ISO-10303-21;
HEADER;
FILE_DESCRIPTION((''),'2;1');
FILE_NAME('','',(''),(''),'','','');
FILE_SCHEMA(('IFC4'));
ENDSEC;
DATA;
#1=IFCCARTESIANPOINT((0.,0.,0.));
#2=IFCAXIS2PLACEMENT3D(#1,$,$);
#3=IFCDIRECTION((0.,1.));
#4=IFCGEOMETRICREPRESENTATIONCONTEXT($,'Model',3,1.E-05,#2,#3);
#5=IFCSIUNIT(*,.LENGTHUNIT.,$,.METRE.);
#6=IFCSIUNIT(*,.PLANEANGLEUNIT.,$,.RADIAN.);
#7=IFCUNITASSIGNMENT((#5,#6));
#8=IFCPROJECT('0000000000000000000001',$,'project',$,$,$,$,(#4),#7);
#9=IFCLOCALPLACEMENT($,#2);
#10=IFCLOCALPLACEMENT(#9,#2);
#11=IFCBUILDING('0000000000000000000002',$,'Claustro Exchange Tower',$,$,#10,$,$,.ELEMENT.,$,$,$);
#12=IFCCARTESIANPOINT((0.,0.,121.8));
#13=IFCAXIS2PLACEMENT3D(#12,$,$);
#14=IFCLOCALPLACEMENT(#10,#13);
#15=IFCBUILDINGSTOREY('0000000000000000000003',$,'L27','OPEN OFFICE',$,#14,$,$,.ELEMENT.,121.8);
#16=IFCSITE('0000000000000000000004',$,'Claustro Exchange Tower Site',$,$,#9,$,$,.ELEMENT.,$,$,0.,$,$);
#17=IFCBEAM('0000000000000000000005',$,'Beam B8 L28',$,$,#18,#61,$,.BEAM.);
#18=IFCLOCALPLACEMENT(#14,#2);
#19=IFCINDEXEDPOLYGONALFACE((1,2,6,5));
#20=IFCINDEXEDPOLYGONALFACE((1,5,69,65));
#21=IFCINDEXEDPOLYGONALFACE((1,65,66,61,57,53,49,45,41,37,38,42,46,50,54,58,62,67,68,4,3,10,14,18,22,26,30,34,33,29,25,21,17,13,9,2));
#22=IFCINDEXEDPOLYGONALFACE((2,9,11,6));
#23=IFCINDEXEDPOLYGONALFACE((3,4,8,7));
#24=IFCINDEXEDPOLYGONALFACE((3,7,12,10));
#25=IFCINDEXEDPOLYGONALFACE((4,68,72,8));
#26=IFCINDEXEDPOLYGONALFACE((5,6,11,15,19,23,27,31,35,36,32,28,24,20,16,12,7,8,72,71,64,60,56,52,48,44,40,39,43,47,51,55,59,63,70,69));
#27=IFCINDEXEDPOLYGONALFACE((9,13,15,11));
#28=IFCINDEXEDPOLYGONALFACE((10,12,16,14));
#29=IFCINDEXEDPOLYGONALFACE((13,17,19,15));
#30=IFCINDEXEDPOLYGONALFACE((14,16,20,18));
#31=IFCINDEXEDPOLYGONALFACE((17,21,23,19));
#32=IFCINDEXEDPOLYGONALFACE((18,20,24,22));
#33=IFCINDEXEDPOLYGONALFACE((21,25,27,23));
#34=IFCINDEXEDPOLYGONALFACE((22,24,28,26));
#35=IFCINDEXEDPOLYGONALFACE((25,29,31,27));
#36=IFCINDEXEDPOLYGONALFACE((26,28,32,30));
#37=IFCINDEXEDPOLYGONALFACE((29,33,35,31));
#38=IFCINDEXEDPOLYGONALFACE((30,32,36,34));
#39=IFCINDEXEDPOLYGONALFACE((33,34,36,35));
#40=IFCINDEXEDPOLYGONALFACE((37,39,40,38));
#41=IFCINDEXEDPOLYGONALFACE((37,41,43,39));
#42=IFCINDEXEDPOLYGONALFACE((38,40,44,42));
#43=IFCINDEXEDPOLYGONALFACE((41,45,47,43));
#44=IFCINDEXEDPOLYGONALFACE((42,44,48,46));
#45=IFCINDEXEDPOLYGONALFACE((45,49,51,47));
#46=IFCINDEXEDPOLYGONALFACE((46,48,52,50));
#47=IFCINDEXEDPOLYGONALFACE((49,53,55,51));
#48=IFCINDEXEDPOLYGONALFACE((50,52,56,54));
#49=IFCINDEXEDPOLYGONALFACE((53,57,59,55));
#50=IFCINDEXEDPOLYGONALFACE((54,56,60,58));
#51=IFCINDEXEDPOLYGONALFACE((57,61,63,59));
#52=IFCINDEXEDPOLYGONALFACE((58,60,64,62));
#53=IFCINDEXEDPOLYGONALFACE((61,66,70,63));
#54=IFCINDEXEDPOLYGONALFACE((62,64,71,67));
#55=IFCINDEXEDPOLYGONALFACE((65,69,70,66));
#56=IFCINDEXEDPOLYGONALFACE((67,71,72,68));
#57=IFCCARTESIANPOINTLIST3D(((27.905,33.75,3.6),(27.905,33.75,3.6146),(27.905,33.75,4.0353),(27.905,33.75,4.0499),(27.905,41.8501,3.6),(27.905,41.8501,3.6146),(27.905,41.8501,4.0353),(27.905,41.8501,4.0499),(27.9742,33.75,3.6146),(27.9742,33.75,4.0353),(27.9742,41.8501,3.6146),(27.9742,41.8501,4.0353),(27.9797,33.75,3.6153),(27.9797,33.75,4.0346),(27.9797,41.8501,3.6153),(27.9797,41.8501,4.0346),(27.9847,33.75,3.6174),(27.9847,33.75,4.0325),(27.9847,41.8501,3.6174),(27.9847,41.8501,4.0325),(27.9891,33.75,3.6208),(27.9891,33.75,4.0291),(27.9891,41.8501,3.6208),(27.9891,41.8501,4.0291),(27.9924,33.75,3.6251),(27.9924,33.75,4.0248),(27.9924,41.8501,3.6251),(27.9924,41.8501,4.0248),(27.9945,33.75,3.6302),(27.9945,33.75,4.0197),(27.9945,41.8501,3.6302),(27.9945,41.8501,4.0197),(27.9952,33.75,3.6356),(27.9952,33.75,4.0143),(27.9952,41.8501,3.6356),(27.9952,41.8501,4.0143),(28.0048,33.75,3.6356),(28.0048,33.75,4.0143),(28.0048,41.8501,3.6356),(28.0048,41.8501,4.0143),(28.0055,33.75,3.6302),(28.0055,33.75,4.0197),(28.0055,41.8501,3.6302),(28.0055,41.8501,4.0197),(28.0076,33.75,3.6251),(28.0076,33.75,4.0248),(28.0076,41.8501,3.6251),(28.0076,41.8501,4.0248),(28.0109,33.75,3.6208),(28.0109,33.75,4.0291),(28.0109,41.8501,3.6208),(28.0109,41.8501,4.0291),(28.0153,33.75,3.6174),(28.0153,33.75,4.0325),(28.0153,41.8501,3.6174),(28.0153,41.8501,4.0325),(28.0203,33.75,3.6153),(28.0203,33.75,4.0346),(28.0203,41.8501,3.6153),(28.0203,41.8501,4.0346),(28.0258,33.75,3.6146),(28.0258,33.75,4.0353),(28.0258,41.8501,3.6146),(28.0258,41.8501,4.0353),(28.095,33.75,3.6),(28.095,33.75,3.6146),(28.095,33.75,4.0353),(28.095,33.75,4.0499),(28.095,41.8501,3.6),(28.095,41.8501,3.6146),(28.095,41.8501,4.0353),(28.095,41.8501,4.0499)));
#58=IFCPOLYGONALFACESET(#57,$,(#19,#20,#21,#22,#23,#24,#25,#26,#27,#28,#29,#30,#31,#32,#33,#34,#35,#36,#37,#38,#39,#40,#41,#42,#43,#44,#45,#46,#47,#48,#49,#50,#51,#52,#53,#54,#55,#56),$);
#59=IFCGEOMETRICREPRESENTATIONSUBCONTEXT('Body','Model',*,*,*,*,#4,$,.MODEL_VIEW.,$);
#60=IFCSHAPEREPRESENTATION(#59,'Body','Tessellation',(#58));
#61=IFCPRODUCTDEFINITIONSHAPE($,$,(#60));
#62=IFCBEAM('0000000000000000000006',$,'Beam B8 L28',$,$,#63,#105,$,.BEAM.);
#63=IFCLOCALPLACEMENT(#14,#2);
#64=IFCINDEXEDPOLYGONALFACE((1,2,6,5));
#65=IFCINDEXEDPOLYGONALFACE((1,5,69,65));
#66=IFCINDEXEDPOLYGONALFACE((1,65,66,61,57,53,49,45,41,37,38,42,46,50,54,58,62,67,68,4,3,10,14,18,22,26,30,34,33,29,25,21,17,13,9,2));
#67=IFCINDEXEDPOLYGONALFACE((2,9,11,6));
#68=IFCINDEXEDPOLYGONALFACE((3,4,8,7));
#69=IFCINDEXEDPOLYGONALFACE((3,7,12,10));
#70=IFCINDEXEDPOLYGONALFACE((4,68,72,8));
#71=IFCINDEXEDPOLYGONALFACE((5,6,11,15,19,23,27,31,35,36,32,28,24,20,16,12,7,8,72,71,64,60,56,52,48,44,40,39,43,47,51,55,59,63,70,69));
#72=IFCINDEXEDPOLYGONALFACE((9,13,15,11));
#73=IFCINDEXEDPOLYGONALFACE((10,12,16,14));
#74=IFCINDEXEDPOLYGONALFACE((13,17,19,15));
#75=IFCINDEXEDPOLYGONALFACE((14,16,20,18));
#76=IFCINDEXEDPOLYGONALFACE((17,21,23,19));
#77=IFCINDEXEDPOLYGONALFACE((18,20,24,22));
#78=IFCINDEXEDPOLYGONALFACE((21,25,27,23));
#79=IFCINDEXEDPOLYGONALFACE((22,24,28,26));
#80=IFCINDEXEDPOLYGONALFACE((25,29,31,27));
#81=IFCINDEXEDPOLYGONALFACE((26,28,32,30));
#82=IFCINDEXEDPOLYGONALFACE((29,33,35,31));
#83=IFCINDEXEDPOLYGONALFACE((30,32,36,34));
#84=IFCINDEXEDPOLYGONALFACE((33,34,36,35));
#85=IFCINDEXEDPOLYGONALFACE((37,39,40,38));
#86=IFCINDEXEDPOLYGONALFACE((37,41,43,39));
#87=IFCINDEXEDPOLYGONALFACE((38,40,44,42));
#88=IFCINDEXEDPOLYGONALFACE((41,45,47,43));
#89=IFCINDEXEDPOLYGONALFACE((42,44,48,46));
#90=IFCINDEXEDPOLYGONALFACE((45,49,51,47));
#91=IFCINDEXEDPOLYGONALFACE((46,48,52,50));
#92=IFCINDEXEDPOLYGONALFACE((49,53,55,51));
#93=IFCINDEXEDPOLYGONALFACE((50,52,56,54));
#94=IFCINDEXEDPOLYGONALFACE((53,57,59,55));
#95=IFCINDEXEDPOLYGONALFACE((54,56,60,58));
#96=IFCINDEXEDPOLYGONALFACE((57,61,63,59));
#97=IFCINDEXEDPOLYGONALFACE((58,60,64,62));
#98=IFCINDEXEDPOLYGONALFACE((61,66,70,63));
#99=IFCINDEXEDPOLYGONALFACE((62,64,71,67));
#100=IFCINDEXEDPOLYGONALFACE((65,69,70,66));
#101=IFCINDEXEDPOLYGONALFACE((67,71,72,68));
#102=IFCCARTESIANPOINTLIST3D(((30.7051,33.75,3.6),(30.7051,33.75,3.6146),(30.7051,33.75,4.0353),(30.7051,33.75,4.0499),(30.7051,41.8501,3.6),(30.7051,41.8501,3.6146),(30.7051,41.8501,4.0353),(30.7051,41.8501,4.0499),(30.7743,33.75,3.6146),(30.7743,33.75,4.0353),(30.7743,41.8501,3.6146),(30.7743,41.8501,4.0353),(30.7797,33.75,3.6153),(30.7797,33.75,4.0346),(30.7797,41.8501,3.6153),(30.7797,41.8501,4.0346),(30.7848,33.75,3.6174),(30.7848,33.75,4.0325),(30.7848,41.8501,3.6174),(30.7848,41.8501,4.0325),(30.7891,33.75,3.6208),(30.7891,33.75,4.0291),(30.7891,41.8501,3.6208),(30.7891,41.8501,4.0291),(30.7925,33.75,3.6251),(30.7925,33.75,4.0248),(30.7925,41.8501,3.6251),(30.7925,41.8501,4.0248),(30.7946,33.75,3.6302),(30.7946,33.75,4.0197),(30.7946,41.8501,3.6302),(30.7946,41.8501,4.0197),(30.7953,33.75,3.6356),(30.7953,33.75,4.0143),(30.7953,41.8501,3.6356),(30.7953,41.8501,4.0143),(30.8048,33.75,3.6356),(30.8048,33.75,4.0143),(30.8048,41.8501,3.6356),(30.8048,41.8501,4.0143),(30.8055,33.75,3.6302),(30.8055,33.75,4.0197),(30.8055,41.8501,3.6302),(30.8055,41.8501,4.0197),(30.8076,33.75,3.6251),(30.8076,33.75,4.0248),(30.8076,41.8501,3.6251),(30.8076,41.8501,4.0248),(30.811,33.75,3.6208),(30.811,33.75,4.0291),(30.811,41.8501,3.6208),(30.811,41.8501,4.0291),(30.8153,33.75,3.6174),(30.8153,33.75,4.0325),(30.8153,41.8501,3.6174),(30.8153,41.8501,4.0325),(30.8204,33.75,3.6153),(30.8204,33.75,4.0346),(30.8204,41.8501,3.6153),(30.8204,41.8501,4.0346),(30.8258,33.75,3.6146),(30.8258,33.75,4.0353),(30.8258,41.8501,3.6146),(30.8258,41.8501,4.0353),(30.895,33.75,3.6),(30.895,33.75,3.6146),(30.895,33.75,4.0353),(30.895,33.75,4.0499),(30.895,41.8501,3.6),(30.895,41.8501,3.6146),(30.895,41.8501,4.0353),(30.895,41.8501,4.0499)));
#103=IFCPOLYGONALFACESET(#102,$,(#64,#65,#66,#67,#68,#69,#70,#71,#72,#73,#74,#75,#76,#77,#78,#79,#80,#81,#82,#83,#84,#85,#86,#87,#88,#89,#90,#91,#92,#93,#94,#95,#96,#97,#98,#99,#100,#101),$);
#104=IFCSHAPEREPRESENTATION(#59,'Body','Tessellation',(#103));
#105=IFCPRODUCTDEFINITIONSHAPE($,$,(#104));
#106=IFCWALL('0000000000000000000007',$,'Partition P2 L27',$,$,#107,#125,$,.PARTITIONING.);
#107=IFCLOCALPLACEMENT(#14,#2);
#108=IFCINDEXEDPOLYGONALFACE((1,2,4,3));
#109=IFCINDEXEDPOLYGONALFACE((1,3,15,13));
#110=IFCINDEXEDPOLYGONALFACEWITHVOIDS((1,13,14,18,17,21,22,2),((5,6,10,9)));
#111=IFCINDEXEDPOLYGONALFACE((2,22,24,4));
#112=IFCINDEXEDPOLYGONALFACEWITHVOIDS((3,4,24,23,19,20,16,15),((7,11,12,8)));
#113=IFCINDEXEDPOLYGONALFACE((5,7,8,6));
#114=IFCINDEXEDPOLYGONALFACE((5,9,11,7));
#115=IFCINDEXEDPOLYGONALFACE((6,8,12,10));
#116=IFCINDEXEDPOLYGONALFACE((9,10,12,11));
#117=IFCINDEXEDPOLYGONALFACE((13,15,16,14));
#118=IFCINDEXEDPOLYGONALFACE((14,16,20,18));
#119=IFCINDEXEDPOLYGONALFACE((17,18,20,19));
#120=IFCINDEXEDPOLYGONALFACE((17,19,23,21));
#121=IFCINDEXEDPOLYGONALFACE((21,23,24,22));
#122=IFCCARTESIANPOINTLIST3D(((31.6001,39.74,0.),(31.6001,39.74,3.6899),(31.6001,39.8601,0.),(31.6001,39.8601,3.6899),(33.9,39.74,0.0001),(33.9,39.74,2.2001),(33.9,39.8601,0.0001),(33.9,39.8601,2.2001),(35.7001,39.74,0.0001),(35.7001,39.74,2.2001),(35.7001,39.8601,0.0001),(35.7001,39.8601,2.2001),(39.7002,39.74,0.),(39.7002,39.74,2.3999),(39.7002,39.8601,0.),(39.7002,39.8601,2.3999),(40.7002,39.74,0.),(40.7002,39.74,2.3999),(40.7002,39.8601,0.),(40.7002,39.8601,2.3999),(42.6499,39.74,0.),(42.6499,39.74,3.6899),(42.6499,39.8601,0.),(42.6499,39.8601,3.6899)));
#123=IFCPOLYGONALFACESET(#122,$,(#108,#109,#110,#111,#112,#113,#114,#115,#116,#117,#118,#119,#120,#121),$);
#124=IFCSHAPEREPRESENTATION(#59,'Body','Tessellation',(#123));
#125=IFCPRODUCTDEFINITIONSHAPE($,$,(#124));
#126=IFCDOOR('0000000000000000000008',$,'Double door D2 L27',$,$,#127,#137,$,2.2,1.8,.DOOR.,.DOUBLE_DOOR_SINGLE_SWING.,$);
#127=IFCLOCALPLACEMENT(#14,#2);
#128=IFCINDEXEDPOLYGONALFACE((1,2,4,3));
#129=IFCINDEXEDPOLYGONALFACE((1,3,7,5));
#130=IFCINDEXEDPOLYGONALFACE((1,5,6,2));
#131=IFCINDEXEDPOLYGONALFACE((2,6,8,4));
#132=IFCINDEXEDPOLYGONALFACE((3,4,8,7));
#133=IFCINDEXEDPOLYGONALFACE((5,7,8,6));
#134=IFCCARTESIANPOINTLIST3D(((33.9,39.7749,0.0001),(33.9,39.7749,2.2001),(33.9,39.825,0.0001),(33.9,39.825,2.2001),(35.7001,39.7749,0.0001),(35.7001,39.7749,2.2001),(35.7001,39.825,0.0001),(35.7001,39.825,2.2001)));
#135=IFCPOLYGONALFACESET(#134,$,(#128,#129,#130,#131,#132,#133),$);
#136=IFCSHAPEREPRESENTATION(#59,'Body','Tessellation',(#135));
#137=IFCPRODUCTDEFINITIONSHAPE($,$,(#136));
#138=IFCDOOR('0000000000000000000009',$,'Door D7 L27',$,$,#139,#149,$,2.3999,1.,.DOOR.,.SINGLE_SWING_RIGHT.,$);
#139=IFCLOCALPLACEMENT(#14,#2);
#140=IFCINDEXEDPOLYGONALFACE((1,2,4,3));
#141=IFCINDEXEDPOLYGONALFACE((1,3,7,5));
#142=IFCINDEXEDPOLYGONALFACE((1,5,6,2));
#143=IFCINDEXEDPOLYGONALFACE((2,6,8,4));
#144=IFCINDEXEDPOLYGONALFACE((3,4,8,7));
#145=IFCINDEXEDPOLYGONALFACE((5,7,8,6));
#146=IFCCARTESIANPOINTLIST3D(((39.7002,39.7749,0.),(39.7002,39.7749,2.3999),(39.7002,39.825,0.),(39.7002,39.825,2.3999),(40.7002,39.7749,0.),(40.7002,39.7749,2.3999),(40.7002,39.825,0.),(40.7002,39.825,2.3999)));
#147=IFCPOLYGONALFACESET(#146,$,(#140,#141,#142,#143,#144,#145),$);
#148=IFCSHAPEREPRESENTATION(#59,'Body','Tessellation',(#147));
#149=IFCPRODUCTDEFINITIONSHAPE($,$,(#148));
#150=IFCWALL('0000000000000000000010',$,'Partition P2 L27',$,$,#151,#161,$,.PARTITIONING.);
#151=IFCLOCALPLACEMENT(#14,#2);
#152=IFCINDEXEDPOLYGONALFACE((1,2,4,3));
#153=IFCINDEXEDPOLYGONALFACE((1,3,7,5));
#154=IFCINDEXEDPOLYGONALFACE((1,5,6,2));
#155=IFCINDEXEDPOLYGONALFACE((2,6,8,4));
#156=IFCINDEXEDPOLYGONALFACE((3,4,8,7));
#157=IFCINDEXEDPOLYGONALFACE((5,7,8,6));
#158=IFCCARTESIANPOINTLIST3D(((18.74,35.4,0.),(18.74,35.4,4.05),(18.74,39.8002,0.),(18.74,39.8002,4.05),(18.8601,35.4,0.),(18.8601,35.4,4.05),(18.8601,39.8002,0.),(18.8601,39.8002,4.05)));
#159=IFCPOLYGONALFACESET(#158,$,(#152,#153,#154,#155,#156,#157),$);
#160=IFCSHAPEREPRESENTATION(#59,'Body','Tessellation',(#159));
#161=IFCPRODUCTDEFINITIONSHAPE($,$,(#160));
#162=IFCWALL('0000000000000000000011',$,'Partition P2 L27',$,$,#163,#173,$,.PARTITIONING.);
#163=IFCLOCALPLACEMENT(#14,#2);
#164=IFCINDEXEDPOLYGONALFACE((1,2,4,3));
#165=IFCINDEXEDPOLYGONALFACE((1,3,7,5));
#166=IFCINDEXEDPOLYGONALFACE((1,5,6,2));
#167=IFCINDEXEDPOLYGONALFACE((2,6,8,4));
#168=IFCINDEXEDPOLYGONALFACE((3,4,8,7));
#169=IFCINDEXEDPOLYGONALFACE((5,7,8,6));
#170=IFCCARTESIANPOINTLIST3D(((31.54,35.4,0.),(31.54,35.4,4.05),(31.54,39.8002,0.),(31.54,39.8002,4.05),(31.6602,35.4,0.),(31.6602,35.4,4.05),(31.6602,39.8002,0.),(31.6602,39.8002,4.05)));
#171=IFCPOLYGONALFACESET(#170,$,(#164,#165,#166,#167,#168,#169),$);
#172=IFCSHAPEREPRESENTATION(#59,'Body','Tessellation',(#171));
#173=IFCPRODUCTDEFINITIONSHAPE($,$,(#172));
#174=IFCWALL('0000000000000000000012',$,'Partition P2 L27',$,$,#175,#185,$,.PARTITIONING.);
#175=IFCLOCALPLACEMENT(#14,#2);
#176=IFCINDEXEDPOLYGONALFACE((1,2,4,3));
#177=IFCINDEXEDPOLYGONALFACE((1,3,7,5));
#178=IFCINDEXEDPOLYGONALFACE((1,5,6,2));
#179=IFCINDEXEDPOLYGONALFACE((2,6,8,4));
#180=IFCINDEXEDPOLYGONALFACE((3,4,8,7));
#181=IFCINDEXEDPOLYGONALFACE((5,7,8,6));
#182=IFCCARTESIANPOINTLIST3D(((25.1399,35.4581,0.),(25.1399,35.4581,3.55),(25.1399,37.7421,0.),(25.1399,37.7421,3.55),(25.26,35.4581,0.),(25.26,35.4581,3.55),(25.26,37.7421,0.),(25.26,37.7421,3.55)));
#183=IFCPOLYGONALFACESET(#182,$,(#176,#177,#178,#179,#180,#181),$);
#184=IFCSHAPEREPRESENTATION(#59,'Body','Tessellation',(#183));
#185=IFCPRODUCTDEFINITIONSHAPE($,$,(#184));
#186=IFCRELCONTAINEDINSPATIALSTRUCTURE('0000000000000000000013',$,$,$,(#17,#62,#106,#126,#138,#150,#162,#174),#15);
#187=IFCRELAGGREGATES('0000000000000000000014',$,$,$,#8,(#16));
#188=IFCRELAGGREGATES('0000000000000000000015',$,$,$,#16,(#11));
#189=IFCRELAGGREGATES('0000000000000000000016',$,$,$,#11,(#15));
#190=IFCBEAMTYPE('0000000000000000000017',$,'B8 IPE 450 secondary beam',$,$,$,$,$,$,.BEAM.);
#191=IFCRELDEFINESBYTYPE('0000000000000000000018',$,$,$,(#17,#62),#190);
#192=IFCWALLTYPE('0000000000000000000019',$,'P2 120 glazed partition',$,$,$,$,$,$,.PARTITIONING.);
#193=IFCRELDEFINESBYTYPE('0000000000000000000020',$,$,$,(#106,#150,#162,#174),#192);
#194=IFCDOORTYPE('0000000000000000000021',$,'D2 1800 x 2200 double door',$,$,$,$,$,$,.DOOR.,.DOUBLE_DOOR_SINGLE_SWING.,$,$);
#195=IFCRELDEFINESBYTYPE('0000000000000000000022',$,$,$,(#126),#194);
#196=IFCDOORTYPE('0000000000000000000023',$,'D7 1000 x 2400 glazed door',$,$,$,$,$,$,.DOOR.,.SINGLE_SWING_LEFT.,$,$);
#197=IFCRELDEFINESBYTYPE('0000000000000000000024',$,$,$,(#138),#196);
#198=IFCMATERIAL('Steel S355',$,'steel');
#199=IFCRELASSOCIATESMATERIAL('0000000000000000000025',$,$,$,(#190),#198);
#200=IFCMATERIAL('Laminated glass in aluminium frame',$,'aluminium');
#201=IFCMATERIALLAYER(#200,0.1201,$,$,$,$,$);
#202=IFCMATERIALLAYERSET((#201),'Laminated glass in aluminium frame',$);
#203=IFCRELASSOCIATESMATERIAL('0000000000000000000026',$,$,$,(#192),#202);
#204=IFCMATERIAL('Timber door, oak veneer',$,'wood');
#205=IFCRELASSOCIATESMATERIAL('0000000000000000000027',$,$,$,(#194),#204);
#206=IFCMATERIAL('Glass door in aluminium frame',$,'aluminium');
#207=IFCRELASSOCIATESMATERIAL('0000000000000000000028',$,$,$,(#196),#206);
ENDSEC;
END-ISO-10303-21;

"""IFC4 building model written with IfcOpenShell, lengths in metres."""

from ifc_helpers import new_model, si_unit, direction, frame, frame_2d, origin, origin_2d, place, context, subcontext, project, spatial, rectangle, i_section, extrude, material, layer, layer_set, material_profile, profile_set, type_object, element, fill, save


model = new_model("IFC4")

# Units and contexts
model_context = context("Model", 3, precision=1e-05, world=origin(), true_north=direction((0.0, 1.0)))
body_context = subcontext(model_context, "Body", "Model", "MODEL_VIEW")
ifc_project = project(units=[si_unit("LENGTHUNIT", "METRE"), si_unit("PLANEANGLEUNIT", "RADIAN")], contexts=[model_context])

# Site, building, storey
site_placement = place(None, origin())
site = spatial("IfcSite", under=ifc_project, at=site_placement, Name="Claustro Exchange Tower Site", CompositionType="ELEMENT", RefElevation=0.0)
building_placement = place(site_placement, origin())
building = spatial("IfcBuilding", under=site, at=building_placement, Name="Claustro Exchange Tower", CompositionType="ELEMENT")
storey_placement = place(building_placement, frame((0.0, 0.0, 121.8)))
storey = spatial("IfcBuildingStorey", under=building, at=storey_placement, Name="L27", Description="OPEN OFFICE", CompositionType="ELEMENT", Elevation=121.8)

# Beams
ifc_material_1 = material(Name="Steel S355", Category="steel")
ifc_material_profile_1 = material_profile(ifc_material_1, i_section(OverallWidth=0.1899, OverallDepth=0.45, WebThickness=0.0095, FlangeThickness=0.0146, FilletRadius=0.021, at=origin_2d()), Name="IPE 450")
ifc_profile_set_1 = profile_set([ifc_material_profile_1], Name="Steel S355")
beam_type_1 = type_object("IfcBeamType", Name="B8 IPE 450 secondary beam", PredefinedType="BEAM", material=ifc_profile_set_1)
for number, where, z_axis, x_axis, name in (
    (1, (28.0, 33.75, 3.825), (0.0, 1.0, 0.0), (-1.0, 0.0, 0.0), "Beam B8 L28"),
    (2, (30.8, 33.75, 3.825), (0.0, 1.0, 0.0), (-1.0, 0.0, 0.0), "Beam B8 L28"),
):
    element("IfcBeam", number, at=place(storey_placement, frame(where, z_axis=z_axis, x_axis=x_axis)), inside=storey, type_object=beam_type_1, Name=name, PredefinedType="BEAM", context=body_context, shape_type="SweptSolid", body=[
        extrude(i_section(OverallWidth=0.1899, OverallDepth=0.45, WebThickness=0.0095, FlangeThickness=0.0146, FilletRadius=0.021, at=origin_2d()), origin(), (0.0, 0.0, 1.0), 8.1001),
    ])

# Wall, openings, doors
ifc_material_2 = material(Name="Laminated glass in aluminium frame", Category="aluminium")
ifc_layer_1 = layer(ifc_material_2, 0.1201)
ifc_layer_set_1 = layer_set([ifc_layer_1], Name="Laminated glass in aluminium frame")
wall_type_1 = type_object("IfcWallType", Name="P2 120 glazed partition", PredefinedType="PARTITIONING", material=ifc_layer_set_1)
wall_1_placement = place(storey_placement, frame((31.6001, 39.8, 0.0), z_axis=(0.0, 0.0, 1.0), x_axis=(1.0, 0.0, 0.0)))
wall_1 = element("IfcWall", 3, at=wall_1_placement, inside=storey, type_object=wall_type_1, Name="Partition P2 L27", PredefinedType="PARTITIONING", context=body_context, shape_type="SweptSolid", body=[
    extrude(rectangle(XDim=11.0498, YDim=0.1201, at=frame_2d((5.5249, 0.0))), origin(), (0.0, 0.0, 1.0), 3.6899),
])
opening_1_placement = place(wall_1_placement, frame((2.3, 0.0, 0.0)))
opening_1 = element("IfcOpeningElement", 4, at=opening_1_placement, cuts=wall_1, PredefinedType="OPENING", context=body_context, shape_type="SweptSolid", body=[
    extrude(rectangle(XDim=1.8, YDim=2.2, at=frame_2d((0.8999, 1.1001))), frame((0.0, 0.0701, 0.0), z_axis=(0.0, -1.0, 0.0), x_axis=(1.0, 0.0, 0.0)), (0.0, 0.0, 1.0), 0.1401),
])
opening_2_placement = place(wall_1_placement, frame((8.1001, 0.0, 0.0)))
opening_2 = element("IfcOpeningElement", 5, at=opening_2_placement, cuts=wall_1, PredefinedType="OPENING", context=body_context, shape_type="SweptSolid", body=[
    extrude(rectangle(XDim=1.0, YDim=2.3999, at=frame_2d((0.5, 1.2))), frame((0.0, 0.0701, 0.0), z_axis=(0.0, -1.0, 0.0), x_axis=(1.0, 0.0, 0.0)), (0.0, 0.0, 1.0), 0.1401),
])
ifc_material_3 = material(Name="Timber door, oak veneer", Category="wood")
door_type_1 = type_object("IfcDoorType", Name="D2 1800 x 2200 double door", OperationType="DOUBLE_DOOR_SINGLE_SWING", PredefinedType="DOOR", material=ifc_material_3)
door_1_placement = place(opening_1_placement, origin())
door_1 = element("IfcDoor", 6, at=door_1_placement, inside=storey, type_object=door_type_1, Name="Double door D2 L27", OperationType="DOUBLE_DOOR_SINGLE_SWING", OverallHeight=2.2, OverallWidth=1.8, PredefinedType="DOOR", context=body_context, shape_type="SweptSolid", body=[
    extrude(rectangle(XDim=1.8, YDim=2.2, at=frame_2d((0.8999, 1.1001))), frame((0.0, 0.0249, 0.0), z_axis=(0.0, -1.0, 0.0), x_axis=(1.0, 0.0, 0.0)), (0.0, 0.0, 1.0), 0.05),
])
fill(opening_1, door_1)
ifc_material_4 = material(Name="Glass door in aluminium frame", Category="aluminium")
door_type_2 = type_object("IfcDoorType", Name="D7 1000 x 2400 glazed door", OperationType="SINGLE_SWING_LEFT", PredefinedType="DOOR", material=ifc_material_4)
door_2_placement = place(opening_2_placement, origin())
door_2 = element("IfcDoor", 7, at=door_2_placement, inside=storey, type_object=door_type_2, Name="Door D7 L27", OperationType="SINGLE_SWING_RIGHT", OverallHeight=2.3999, OverallWidth=1.0, PredefinedType="DOOR", context=body_context, shape_type="SweptSolid", body=[
    extrude(rectangle(XDim=1.0, YDim=2.3999, at=frame_2d((0.5, 1.2))), frame((0.0, 0.0249, 0.0), z_axis=(0.0, -1.0, 0.0), x_axis=(1.0, 0.0, 0.0)), (0.0, 0.0, 1.0), 0.05),
])
fill(opening_2, door_2)

# Walls
for number, where, z_axis, x_axis, name in (
    (8, (18.8, 35.3999, 0.0), (0.0, 0.0, 1.0), (0.0, 1.0, 0.0), "Partition P2 L27"),
    (9, (31.6001, 35.3999, 0.0), (0.0, 0.0, 1.0), (0.0, 1.0, 0.0), "Partition P2 L27"),
):
    element("IfcWall", number, at=place(storey_placement, frame(where, z_axis=z_axis, x_axis=x_axis)), inside=storey, type_object=wall_type_1, Name=name, PredefinedType="PARTITIONING", context=body_context, shape_type="SweptSolid", body=[
        extrude(rectangle(XDim=4.4001, YDim=0.1201, at=frame_2d((2.2002, 0.0))), origin(), (0.0, 0.0, 1.0), 4.05),
    ])
wall_2_placement = place(storey_placement, frame((25.2, 35.458, 0.0), z_axis=(0.0, 0.0, 1.0), x_axis=(0.0, 1.0, 0.0)))
element("IfcWall", 10, at=wall_2_placement, inside=storey, type_object=wall_type_1, Name="Partition P2 L27", PredefinedType="PARTITIONING", context=body_context, shape_type="SweptSolid", body=[
    extrude(rectangle(XDim=2.2839, YDim=0.1201, at=frame_2d((1.1421, 0.0))), origin(), (0.0, 0.0, 1.0), 3.55),
])

save(model, "model.ifc")
